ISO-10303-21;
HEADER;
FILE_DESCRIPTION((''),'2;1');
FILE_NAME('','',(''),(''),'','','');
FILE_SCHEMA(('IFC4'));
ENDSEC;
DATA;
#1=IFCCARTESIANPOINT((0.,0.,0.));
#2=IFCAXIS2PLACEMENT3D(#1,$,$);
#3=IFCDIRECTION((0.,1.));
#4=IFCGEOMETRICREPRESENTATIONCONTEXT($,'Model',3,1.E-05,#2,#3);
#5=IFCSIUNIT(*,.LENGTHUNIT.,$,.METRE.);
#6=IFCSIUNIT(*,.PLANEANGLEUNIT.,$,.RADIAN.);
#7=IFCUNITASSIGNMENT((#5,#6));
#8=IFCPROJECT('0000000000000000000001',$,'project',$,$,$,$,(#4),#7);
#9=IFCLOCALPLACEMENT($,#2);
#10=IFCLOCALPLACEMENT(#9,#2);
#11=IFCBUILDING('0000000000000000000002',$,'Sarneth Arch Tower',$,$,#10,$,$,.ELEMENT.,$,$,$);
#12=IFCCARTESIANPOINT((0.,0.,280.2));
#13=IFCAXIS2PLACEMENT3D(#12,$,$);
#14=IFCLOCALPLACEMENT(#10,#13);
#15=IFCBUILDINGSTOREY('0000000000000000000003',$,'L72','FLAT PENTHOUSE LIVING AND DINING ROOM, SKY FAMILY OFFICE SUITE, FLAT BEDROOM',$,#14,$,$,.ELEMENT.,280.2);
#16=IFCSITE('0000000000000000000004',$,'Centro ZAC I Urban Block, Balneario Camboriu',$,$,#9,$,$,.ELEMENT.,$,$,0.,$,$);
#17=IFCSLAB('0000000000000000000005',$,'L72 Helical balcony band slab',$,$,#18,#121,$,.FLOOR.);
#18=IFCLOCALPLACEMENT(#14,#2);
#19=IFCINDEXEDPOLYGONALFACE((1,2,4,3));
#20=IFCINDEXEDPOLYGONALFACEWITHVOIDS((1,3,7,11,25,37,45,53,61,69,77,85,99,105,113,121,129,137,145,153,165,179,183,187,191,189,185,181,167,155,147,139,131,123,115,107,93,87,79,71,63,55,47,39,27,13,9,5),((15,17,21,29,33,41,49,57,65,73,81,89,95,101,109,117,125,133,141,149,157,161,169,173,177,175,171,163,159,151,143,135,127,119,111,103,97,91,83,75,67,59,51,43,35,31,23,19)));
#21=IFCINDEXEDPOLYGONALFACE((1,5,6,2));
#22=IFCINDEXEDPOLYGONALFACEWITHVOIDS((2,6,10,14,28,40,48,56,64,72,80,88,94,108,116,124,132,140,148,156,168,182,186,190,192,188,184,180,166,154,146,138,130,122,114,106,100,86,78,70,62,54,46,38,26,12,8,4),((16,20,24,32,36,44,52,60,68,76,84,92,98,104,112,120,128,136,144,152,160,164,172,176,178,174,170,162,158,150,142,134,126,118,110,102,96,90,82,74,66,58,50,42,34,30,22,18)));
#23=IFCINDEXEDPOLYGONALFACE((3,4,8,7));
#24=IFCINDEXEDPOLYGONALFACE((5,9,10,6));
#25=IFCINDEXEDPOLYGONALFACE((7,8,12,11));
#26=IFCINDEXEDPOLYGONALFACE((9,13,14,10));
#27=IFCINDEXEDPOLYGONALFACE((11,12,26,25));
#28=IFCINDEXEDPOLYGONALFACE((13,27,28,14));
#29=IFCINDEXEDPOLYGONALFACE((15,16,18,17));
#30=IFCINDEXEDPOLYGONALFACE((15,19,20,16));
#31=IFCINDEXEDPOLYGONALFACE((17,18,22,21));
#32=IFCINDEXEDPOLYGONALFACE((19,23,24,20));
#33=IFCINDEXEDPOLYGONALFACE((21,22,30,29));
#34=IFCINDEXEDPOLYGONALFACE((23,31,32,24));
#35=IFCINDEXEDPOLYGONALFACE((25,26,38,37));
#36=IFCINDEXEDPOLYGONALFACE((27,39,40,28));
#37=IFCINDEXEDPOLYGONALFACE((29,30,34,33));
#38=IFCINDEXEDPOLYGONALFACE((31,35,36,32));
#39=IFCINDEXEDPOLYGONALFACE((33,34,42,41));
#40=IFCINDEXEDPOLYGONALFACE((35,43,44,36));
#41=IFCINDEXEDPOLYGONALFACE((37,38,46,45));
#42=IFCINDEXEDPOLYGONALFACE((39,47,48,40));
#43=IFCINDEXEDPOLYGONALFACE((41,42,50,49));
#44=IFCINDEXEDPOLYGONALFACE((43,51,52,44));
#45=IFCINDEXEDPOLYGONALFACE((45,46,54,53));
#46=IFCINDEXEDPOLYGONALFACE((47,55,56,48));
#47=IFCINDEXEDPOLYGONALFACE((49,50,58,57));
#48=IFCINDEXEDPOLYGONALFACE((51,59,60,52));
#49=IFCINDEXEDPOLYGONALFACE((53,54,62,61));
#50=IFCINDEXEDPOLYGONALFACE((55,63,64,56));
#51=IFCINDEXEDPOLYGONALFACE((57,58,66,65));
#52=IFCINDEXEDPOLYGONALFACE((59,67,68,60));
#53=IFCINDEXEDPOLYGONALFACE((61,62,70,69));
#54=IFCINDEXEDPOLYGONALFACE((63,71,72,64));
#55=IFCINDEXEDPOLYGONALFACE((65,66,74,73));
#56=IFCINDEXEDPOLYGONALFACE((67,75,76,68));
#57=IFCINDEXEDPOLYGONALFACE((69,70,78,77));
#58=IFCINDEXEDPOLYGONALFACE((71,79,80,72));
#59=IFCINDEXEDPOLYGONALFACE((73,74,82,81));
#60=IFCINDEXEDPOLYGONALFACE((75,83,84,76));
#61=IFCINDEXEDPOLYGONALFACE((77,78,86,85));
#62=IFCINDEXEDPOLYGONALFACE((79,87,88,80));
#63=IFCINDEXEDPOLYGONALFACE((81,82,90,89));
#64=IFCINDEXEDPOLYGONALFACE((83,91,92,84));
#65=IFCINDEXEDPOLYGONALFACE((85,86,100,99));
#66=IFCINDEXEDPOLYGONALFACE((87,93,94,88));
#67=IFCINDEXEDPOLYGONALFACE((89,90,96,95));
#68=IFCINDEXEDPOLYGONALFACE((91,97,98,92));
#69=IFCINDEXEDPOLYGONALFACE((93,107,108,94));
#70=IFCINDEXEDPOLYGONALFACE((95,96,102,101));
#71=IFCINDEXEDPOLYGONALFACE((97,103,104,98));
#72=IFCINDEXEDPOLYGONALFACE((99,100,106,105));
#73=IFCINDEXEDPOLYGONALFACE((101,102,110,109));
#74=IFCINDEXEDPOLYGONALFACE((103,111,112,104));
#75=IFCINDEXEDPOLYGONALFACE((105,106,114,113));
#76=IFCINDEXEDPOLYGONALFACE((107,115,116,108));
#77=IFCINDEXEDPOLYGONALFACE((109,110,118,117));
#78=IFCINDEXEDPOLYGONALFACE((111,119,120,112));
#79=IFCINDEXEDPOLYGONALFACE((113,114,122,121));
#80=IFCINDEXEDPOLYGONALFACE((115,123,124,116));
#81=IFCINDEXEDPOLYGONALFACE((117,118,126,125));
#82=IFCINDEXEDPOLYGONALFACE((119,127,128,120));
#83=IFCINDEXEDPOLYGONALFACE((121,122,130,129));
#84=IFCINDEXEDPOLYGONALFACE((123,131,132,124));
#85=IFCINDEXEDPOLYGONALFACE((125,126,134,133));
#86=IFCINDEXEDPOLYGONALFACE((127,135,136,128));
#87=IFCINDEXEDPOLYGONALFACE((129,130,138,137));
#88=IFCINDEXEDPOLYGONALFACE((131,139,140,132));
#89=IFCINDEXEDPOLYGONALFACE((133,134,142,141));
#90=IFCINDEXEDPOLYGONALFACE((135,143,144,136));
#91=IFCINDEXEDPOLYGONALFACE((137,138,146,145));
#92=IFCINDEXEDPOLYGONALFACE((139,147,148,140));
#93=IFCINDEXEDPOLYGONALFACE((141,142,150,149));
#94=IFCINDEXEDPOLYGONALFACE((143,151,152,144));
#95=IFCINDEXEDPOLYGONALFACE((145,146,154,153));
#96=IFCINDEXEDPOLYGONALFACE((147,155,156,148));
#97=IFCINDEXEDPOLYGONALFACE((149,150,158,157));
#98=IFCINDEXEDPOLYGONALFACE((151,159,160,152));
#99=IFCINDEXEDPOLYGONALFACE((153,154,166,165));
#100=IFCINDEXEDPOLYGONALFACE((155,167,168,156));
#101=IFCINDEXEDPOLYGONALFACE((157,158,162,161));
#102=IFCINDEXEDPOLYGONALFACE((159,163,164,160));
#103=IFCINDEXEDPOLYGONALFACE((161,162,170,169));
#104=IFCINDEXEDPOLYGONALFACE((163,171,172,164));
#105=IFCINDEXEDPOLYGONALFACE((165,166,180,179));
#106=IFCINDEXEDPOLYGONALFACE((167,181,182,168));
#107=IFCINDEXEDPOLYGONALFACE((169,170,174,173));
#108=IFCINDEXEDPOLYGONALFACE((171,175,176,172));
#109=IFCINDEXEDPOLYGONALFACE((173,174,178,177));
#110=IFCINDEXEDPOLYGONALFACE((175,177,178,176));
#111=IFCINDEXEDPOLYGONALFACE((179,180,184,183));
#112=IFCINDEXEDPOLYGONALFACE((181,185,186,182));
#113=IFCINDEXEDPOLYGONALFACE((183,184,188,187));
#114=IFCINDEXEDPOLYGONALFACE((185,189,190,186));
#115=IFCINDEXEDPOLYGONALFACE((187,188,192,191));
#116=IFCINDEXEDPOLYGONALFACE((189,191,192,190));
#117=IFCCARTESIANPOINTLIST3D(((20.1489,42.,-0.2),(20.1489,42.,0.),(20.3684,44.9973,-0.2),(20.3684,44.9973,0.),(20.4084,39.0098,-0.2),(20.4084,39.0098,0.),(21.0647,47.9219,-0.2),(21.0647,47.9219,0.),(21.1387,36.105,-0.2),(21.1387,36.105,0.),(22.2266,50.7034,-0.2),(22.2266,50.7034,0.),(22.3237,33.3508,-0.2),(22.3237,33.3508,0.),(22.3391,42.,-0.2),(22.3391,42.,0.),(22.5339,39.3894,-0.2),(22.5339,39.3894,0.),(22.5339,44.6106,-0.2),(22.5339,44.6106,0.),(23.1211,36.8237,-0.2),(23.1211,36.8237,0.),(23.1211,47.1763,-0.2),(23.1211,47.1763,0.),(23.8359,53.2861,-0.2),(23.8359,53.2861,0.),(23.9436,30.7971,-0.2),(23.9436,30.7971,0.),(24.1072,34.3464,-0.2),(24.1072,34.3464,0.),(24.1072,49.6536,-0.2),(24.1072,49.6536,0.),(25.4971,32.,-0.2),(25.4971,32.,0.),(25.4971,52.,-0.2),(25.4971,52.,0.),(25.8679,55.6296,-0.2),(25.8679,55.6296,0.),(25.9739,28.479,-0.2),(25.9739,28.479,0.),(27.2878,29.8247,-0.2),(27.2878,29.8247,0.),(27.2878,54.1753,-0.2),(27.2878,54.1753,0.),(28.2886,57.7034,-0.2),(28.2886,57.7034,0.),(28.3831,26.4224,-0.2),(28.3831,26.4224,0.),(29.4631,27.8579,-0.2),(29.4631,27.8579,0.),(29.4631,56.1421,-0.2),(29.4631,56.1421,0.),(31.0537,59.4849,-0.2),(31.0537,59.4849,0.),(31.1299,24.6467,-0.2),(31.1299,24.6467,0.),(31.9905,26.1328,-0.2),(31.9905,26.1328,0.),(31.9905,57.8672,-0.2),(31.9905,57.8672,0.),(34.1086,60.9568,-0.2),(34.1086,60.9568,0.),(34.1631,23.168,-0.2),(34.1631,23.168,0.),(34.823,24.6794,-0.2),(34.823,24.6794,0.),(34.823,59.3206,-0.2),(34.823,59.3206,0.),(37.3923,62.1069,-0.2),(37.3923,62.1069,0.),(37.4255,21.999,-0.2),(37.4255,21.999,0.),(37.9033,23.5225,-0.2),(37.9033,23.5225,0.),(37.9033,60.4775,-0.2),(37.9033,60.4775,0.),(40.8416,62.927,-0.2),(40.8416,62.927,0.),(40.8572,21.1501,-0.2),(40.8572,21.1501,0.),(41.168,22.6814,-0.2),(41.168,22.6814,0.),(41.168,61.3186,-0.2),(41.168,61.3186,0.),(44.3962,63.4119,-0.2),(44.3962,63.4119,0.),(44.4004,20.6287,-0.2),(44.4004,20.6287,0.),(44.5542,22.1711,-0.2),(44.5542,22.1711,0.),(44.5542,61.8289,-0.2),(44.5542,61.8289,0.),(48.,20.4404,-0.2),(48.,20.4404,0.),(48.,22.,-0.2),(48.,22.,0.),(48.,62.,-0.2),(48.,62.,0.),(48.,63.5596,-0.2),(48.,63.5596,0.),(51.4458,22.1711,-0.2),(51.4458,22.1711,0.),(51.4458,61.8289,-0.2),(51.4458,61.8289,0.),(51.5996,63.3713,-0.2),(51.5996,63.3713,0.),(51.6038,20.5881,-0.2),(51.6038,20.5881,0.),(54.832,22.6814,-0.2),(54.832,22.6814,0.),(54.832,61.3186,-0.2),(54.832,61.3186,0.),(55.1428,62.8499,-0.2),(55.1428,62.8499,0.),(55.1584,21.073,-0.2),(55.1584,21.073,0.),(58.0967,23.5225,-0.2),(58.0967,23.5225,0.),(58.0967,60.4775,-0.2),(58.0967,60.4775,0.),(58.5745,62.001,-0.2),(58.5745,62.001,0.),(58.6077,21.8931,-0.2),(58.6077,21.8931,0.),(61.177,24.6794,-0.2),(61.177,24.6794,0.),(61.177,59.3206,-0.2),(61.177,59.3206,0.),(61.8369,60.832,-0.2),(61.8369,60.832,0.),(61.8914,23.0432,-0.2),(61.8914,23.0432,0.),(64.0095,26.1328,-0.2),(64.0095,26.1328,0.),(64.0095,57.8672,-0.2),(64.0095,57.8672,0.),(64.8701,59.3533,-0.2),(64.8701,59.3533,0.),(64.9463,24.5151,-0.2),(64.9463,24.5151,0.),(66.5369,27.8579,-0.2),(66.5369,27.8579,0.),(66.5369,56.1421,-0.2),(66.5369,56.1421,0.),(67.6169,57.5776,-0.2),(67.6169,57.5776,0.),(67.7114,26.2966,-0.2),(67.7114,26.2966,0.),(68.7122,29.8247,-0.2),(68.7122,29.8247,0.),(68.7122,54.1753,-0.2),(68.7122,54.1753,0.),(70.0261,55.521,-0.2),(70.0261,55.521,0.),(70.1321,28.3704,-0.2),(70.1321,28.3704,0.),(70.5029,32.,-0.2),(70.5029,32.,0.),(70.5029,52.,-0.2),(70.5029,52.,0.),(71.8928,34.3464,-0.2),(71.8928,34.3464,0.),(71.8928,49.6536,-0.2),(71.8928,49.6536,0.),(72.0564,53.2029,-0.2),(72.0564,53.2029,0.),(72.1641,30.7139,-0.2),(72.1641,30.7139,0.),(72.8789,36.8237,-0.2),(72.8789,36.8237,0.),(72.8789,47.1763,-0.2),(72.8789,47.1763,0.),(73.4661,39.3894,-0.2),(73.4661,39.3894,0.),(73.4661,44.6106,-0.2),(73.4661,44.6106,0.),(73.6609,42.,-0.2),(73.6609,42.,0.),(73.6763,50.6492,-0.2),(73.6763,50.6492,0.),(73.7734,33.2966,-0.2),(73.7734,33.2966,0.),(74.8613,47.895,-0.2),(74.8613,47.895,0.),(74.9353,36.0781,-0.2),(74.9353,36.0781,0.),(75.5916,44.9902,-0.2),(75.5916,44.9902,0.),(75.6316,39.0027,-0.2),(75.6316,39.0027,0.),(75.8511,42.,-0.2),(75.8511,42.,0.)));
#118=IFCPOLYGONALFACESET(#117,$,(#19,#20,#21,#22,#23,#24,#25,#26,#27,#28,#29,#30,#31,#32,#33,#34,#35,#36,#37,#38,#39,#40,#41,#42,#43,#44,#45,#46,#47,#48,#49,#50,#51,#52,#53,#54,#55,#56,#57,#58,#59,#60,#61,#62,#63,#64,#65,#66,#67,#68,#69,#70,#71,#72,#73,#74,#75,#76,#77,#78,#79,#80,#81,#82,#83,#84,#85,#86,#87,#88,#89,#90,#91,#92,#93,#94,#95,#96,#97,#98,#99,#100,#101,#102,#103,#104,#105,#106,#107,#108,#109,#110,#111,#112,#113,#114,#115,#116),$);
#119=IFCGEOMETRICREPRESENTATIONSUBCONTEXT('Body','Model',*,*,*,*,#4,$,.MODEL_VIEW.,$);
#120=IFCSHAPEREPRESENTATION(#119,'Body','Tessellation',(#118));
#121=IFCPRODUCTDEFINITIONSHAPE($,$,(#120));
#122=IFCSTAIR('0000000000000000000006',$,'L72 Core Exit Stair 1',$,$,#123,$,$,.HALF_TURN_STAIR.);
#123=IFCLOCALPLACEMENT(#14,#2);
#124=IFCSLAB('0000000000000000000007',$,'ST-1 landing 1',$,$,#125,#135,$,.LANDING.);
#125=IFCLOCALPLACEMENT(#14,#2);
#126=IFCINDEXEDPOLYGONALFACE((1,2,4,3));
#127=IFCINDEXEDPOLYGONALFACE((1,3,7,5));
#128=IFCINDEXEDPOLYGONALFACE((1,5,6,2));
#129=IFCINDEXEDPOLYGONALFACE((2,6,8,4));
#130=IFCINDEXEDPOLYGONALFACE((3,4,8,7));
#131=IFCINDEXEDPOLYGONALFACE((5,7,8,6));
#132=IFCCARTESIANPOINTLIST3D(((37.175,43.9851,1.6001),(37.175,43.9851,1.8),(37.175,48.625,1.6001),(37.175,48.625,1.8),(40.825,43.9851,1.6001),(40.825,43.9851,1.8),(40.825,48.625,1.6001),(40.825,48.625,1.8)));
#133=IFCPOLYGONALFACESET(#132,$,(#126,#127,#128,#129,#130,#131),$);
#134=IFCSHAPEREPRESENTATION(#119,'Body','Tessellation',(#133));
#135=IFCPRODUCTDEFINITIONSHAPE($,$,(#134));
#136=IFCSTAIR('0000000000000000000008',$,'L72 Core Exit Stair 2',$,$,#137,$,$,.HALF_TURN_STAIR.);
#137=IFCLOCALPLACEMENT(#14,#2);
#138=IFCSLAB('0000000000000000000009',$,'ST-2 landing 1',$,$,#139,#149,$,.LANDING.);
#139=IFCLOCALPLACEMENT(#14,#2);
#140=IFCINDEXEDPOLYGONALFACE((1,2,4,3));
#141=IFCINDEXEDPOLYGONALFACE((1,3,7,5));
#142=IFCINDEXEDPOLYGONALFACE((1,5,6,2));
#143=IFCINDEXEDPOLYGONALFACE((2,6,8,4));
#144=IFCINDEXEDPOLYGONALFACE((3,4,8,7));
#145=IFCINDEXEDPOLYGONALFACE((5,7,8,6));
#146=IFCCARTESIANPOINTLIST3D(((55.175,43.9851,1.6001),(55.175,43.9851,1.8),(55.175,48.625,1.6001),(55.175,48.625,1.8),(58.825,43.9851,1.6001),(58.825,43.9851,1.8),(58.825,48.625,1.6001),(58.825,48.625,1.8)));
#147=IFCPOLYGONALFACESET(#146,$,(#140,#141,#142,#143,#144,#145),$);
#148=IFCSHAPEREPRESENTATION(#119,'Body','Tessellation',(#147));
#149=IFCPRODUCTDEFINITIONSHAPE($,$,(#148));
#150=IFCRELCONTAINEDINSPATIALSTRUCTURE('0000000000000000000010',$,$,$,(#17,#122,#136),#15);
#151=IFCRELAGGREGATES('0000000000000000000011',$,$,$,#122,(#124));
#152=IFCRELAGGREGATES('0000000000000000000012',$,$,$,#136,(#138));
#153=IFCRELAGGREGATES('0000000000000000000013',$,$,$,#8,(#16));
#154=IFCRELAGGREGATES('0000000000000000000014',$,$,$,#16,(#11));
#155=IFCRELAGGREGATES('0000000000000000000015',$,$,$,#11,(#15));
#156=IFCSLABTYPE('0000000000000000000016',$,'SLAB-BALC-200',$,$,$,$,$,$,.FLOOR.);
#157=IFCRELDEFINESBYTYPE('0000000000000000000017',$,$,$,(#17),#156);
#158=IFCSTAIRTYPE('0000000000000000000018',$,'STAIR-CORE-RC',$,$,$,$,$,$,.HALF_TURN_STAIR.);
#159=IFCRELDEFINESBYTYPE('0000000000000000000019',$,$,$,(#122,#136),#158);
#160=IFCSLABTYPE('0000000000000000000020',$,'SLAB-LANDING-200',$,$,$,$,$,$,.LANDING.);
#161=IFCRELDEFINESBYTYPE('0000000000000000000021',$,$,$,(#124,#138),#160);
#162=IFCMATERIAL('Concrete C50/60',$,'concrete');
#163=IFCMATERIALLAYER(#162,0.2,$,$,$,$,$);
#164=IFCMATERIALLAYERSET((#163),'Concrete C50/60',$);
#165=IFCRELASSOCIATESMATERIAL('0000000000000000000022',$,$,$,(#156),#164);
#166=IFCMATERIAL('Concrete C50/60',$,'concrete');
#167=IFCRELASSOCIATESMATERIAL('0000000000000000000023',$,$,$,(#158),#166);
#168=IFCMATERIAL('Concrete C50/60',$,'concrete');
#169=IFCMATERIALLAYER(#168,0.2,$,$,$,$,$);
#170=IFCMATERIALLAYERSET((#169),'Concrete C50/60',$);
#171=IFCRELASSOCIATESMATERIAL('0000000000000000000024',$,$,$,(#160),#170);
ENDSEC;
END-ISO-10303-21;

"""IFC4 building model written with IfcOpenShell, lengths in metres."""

from ifc_helpers import new_model, si_unit, direction, frame, origin, place, context, subcontext, project, spatial, polyline, outline, extrude, material, layer, layer_set, type_object, element, aggregate, save


model = new_model("IFC4")

# Units and contexts
model_context = context("Model", 3, precision=1e-05, world=origin(), true_north=direction((0.0, 1.0)))
body_context = subcontext(model_context, "Body", "Model", "MODEL_VIEW")
ifc_project = project(units=[si_unit("LENGTHUNIT", "METRE"), si_unit("PLANEANGLEUNIT", "RADIAN")], contexts=[model_context])

# Site, building, storey
site_placement = place(None, origin())
site = spatial("IfcSite", under=ifc_project, at=site_placement, Name="Centro ZAC I Urban Block, Balneario Camboriu", CompositionType="ELEMENT", RefElevation=0.0)
building_placement = place(site_placement, origin())
building = spatial("IfcBuilding", under=site, at=building_placement, Name="Sarneth Arch Tower", CompositionType="ELEMENT")
storey_placement = place(building_placement, frame((0.0, 0.0, 280.2)))
storey = spatial("IfcBuildingStorey", under=building, at=storey_placement, Name="L72", Description="FLAT PENTHOUSE LIVING AND DINING ROOM, SKY FAMILY OFFICE SUITE, FLAT BEDROOM", CompositionType="ELEMENT", Elevation=280.2)

# Slab
ifc_material_1 = material(Name="Concrete C50/60", Category="concrete")
ifc_layer_1 = layer(ifc_material_1, 0.2)
ifc_layer_set_1 = layer_set([ifc_layer_1], Name="Concrete C50/60")
slab_type_1 = type_object("IfcSlabType", Name="SLAB-BALC-200", PredefinedType="FLOOR", material=ifc_layer_set_1)
slab_1_placement = place(storey_placement, frame((0.0, 0.0, -0.2)))
element("IfcSlab", 1, at=slab_1_placement, inside=storey, type_object=slab_type_1, Name="L72 Helical balcony band slab", PredefinedType="FLOOR", context=body_context, shape_type="SweptSolid", body=[
    extrude(outline(polyline([(75.8511, 42.0), (75.5916, 44.9902), (74.8613, 47.895), (73.6763, 50.6492), (72.0564, 53.2029), (70.0261, 55.521), (67.6169, 57.5776), (64.8701, 59.3533), (61.8369, 60.832), (58.5745, 62.001), (55.1428, 62.8499), (51.5996, 63.3713), (48.0, 63.5596), (44.3962, 63.4119), (40.8416, 62.927), (37.3923, 62.1069), (34.1086, 60.9568), (31.0537, 59.4849), (28.2886, 57.7034), (25.8679, 55.6296), (23.8359, 53.2861), (22.2266, 50.7034), (21.0647, 47.9219), (20.3684, 44.9973), (20.1489, 42.0), (20.4084, 39.0098), (21.1387, 36.105), (22.3237, 33.3508), (23.9436, 30.7971), (25.9739, 28.479), (28.3831, 26.4224), (31.1299, 24.6467), (34.1631, 23.168), (37.4255, 21.999), (40.8572, 21.1501), (44.4004, 20.6287), (48.0, 20.4404), (51.6038, 20.5881), (55.1584, 21.073), (58.6077, 21.8931), (61.8914, 23.0432), (64.9463, 24.5151), (67.7114, 26.2966), (70.1321, 28.3704), (72.1641, 30.7139), (73.7734, 33.2966), (74.9353, 36.0781), (75.6316, 39.0027), (75.8511, 42.0)]), holes=[polyline([(73.6609, 42.0), (73.4661, 44.6106), (72.8789, 47.1763), (71.8928, 49.6536), (70.5029, 52.0), (68.7122, 54.1753), (66.5369, 56.1421), (64.0095, 57.8672), (61.177, 59.3206), (58.0967, 60.4775), (54.832, 61.3186), (51.4458, 61.8289), (48.0, 62.0), (44.5542, 61.8289), (41.168, 61.3186), (37.9033, 60.4775), (34.823, 59.3206), (31.9905, 57.8672), (29.4631, 56.1421), (27.2878, 54.1753), (25.4971, 52.0), (24.1072, 49.6536), (23.1211, 47.1763), (22.5339, 44.6106), (22.3391, 42.0), (22.5339, 39.3894), (23.1211, 36.8237), (24.1072, 34.3464), (25.4971, 32.0), (27.2878, 29.8247), (29.4631, 27.8579), (31.9905, 26.1328), (34.823, 24.6794), (37.9033, 23.5225), (41.168, 22.6814), (44.5542, 22.1711), (48.0, 22.0), (51.4458, 22.1711), (54.832, 22.6814), (58.0967, 23.5225), (61.177, 24.6794), (64.0095, 26.1328), (66.5369, 27.8579), (68.7122, 29.8247), (70.5029, 32.0), (71.8928, 34.3464), (72.8789, 36.8237), (73.4661, 39.3894), (73.6609, 42.0)])]), origin(), (0.0, 0.0, 1.0), 0.2),
])

# Stairs, slabs
ifc_material_2 = material(Name="Concrete C50/60", Category="concrete")
stair_type = type_object("IfcStairType", Name="STAIR-CORE-RC", PredefinedType="HALF_TURN_STAIR", material=ifc_material_2)
stair_1_placement = place(storey_placement, origin())
stair_1 = element("IfcStair", 2, at=stair_1_placement, inside=storey, type_object=stair_type, Name="L72 Core Exit Stair 1", PredefinedType="HALF_TURN_STAIR")
ifc_material_3 = material(Name="Concrete C50/60", Category="concrete")
ifc_layer_2 = layer(ifc_material_3, 0.2)
ifc_layer_set_2 = layer_set([ifc_layer_2], Name="Concrete C50/60")
slab_type_2 = type_object("IfcSlabType", Name="SLAB-LANDING-200", PredefinedType="LANDING", material=ifc_layer_set_2)
slab_2_placement = place(storey_placement, frame((0.0, 0.0, 1.6001)))
slab_2 = element("IfcSlab", 3, at=slab_2_placement, type_object=slab_type_2, Name="ST-1 landing 1", PredefinedType="LANDING", context=body_context, shape_type="SweptSolid", body=[
    extrude(outline(polyline([(37.175, 43.9851), (40.825, 43.9851), (40.825, 48.625), (37.175, 48.625), (37.175, 43.9851)])), origin(), (0.0, 0.0, 1.0), 0.2),
])
aggregate(stair_1, [slab_2])
stair_2_placement = place(storey_placement, origin())
stair_2 = element("IfcStair", 4, at=stair_2_placement, inside=storey, type_object=stair_type, Name="L72 Core Exit Stair 2", PredefinedType="HALF_TURN_STAIR")
slab_3_placement = place(storey_placement, frame((0.0, 0.0, 1.6001)))
slab_3 = element("IfcSlab", 5, at=slab_3_placement, type_object=slab_type_2, Name="ST-2 landing 1", PredefinedType="LANDING", context=body_context, shape_type="SweptSolid", body=[
    extrude(outline(polyline([(55.175, 43.9851), (58.825, 43.9851), (58.825, 48.625), (55.175, 48.625), (55.175, 43.9851)])), origin(), (0.0, 0.0, 1.0), 0.2),
])
aggregate(stair_2, [slab_3])

save(model, "model.ifc")
